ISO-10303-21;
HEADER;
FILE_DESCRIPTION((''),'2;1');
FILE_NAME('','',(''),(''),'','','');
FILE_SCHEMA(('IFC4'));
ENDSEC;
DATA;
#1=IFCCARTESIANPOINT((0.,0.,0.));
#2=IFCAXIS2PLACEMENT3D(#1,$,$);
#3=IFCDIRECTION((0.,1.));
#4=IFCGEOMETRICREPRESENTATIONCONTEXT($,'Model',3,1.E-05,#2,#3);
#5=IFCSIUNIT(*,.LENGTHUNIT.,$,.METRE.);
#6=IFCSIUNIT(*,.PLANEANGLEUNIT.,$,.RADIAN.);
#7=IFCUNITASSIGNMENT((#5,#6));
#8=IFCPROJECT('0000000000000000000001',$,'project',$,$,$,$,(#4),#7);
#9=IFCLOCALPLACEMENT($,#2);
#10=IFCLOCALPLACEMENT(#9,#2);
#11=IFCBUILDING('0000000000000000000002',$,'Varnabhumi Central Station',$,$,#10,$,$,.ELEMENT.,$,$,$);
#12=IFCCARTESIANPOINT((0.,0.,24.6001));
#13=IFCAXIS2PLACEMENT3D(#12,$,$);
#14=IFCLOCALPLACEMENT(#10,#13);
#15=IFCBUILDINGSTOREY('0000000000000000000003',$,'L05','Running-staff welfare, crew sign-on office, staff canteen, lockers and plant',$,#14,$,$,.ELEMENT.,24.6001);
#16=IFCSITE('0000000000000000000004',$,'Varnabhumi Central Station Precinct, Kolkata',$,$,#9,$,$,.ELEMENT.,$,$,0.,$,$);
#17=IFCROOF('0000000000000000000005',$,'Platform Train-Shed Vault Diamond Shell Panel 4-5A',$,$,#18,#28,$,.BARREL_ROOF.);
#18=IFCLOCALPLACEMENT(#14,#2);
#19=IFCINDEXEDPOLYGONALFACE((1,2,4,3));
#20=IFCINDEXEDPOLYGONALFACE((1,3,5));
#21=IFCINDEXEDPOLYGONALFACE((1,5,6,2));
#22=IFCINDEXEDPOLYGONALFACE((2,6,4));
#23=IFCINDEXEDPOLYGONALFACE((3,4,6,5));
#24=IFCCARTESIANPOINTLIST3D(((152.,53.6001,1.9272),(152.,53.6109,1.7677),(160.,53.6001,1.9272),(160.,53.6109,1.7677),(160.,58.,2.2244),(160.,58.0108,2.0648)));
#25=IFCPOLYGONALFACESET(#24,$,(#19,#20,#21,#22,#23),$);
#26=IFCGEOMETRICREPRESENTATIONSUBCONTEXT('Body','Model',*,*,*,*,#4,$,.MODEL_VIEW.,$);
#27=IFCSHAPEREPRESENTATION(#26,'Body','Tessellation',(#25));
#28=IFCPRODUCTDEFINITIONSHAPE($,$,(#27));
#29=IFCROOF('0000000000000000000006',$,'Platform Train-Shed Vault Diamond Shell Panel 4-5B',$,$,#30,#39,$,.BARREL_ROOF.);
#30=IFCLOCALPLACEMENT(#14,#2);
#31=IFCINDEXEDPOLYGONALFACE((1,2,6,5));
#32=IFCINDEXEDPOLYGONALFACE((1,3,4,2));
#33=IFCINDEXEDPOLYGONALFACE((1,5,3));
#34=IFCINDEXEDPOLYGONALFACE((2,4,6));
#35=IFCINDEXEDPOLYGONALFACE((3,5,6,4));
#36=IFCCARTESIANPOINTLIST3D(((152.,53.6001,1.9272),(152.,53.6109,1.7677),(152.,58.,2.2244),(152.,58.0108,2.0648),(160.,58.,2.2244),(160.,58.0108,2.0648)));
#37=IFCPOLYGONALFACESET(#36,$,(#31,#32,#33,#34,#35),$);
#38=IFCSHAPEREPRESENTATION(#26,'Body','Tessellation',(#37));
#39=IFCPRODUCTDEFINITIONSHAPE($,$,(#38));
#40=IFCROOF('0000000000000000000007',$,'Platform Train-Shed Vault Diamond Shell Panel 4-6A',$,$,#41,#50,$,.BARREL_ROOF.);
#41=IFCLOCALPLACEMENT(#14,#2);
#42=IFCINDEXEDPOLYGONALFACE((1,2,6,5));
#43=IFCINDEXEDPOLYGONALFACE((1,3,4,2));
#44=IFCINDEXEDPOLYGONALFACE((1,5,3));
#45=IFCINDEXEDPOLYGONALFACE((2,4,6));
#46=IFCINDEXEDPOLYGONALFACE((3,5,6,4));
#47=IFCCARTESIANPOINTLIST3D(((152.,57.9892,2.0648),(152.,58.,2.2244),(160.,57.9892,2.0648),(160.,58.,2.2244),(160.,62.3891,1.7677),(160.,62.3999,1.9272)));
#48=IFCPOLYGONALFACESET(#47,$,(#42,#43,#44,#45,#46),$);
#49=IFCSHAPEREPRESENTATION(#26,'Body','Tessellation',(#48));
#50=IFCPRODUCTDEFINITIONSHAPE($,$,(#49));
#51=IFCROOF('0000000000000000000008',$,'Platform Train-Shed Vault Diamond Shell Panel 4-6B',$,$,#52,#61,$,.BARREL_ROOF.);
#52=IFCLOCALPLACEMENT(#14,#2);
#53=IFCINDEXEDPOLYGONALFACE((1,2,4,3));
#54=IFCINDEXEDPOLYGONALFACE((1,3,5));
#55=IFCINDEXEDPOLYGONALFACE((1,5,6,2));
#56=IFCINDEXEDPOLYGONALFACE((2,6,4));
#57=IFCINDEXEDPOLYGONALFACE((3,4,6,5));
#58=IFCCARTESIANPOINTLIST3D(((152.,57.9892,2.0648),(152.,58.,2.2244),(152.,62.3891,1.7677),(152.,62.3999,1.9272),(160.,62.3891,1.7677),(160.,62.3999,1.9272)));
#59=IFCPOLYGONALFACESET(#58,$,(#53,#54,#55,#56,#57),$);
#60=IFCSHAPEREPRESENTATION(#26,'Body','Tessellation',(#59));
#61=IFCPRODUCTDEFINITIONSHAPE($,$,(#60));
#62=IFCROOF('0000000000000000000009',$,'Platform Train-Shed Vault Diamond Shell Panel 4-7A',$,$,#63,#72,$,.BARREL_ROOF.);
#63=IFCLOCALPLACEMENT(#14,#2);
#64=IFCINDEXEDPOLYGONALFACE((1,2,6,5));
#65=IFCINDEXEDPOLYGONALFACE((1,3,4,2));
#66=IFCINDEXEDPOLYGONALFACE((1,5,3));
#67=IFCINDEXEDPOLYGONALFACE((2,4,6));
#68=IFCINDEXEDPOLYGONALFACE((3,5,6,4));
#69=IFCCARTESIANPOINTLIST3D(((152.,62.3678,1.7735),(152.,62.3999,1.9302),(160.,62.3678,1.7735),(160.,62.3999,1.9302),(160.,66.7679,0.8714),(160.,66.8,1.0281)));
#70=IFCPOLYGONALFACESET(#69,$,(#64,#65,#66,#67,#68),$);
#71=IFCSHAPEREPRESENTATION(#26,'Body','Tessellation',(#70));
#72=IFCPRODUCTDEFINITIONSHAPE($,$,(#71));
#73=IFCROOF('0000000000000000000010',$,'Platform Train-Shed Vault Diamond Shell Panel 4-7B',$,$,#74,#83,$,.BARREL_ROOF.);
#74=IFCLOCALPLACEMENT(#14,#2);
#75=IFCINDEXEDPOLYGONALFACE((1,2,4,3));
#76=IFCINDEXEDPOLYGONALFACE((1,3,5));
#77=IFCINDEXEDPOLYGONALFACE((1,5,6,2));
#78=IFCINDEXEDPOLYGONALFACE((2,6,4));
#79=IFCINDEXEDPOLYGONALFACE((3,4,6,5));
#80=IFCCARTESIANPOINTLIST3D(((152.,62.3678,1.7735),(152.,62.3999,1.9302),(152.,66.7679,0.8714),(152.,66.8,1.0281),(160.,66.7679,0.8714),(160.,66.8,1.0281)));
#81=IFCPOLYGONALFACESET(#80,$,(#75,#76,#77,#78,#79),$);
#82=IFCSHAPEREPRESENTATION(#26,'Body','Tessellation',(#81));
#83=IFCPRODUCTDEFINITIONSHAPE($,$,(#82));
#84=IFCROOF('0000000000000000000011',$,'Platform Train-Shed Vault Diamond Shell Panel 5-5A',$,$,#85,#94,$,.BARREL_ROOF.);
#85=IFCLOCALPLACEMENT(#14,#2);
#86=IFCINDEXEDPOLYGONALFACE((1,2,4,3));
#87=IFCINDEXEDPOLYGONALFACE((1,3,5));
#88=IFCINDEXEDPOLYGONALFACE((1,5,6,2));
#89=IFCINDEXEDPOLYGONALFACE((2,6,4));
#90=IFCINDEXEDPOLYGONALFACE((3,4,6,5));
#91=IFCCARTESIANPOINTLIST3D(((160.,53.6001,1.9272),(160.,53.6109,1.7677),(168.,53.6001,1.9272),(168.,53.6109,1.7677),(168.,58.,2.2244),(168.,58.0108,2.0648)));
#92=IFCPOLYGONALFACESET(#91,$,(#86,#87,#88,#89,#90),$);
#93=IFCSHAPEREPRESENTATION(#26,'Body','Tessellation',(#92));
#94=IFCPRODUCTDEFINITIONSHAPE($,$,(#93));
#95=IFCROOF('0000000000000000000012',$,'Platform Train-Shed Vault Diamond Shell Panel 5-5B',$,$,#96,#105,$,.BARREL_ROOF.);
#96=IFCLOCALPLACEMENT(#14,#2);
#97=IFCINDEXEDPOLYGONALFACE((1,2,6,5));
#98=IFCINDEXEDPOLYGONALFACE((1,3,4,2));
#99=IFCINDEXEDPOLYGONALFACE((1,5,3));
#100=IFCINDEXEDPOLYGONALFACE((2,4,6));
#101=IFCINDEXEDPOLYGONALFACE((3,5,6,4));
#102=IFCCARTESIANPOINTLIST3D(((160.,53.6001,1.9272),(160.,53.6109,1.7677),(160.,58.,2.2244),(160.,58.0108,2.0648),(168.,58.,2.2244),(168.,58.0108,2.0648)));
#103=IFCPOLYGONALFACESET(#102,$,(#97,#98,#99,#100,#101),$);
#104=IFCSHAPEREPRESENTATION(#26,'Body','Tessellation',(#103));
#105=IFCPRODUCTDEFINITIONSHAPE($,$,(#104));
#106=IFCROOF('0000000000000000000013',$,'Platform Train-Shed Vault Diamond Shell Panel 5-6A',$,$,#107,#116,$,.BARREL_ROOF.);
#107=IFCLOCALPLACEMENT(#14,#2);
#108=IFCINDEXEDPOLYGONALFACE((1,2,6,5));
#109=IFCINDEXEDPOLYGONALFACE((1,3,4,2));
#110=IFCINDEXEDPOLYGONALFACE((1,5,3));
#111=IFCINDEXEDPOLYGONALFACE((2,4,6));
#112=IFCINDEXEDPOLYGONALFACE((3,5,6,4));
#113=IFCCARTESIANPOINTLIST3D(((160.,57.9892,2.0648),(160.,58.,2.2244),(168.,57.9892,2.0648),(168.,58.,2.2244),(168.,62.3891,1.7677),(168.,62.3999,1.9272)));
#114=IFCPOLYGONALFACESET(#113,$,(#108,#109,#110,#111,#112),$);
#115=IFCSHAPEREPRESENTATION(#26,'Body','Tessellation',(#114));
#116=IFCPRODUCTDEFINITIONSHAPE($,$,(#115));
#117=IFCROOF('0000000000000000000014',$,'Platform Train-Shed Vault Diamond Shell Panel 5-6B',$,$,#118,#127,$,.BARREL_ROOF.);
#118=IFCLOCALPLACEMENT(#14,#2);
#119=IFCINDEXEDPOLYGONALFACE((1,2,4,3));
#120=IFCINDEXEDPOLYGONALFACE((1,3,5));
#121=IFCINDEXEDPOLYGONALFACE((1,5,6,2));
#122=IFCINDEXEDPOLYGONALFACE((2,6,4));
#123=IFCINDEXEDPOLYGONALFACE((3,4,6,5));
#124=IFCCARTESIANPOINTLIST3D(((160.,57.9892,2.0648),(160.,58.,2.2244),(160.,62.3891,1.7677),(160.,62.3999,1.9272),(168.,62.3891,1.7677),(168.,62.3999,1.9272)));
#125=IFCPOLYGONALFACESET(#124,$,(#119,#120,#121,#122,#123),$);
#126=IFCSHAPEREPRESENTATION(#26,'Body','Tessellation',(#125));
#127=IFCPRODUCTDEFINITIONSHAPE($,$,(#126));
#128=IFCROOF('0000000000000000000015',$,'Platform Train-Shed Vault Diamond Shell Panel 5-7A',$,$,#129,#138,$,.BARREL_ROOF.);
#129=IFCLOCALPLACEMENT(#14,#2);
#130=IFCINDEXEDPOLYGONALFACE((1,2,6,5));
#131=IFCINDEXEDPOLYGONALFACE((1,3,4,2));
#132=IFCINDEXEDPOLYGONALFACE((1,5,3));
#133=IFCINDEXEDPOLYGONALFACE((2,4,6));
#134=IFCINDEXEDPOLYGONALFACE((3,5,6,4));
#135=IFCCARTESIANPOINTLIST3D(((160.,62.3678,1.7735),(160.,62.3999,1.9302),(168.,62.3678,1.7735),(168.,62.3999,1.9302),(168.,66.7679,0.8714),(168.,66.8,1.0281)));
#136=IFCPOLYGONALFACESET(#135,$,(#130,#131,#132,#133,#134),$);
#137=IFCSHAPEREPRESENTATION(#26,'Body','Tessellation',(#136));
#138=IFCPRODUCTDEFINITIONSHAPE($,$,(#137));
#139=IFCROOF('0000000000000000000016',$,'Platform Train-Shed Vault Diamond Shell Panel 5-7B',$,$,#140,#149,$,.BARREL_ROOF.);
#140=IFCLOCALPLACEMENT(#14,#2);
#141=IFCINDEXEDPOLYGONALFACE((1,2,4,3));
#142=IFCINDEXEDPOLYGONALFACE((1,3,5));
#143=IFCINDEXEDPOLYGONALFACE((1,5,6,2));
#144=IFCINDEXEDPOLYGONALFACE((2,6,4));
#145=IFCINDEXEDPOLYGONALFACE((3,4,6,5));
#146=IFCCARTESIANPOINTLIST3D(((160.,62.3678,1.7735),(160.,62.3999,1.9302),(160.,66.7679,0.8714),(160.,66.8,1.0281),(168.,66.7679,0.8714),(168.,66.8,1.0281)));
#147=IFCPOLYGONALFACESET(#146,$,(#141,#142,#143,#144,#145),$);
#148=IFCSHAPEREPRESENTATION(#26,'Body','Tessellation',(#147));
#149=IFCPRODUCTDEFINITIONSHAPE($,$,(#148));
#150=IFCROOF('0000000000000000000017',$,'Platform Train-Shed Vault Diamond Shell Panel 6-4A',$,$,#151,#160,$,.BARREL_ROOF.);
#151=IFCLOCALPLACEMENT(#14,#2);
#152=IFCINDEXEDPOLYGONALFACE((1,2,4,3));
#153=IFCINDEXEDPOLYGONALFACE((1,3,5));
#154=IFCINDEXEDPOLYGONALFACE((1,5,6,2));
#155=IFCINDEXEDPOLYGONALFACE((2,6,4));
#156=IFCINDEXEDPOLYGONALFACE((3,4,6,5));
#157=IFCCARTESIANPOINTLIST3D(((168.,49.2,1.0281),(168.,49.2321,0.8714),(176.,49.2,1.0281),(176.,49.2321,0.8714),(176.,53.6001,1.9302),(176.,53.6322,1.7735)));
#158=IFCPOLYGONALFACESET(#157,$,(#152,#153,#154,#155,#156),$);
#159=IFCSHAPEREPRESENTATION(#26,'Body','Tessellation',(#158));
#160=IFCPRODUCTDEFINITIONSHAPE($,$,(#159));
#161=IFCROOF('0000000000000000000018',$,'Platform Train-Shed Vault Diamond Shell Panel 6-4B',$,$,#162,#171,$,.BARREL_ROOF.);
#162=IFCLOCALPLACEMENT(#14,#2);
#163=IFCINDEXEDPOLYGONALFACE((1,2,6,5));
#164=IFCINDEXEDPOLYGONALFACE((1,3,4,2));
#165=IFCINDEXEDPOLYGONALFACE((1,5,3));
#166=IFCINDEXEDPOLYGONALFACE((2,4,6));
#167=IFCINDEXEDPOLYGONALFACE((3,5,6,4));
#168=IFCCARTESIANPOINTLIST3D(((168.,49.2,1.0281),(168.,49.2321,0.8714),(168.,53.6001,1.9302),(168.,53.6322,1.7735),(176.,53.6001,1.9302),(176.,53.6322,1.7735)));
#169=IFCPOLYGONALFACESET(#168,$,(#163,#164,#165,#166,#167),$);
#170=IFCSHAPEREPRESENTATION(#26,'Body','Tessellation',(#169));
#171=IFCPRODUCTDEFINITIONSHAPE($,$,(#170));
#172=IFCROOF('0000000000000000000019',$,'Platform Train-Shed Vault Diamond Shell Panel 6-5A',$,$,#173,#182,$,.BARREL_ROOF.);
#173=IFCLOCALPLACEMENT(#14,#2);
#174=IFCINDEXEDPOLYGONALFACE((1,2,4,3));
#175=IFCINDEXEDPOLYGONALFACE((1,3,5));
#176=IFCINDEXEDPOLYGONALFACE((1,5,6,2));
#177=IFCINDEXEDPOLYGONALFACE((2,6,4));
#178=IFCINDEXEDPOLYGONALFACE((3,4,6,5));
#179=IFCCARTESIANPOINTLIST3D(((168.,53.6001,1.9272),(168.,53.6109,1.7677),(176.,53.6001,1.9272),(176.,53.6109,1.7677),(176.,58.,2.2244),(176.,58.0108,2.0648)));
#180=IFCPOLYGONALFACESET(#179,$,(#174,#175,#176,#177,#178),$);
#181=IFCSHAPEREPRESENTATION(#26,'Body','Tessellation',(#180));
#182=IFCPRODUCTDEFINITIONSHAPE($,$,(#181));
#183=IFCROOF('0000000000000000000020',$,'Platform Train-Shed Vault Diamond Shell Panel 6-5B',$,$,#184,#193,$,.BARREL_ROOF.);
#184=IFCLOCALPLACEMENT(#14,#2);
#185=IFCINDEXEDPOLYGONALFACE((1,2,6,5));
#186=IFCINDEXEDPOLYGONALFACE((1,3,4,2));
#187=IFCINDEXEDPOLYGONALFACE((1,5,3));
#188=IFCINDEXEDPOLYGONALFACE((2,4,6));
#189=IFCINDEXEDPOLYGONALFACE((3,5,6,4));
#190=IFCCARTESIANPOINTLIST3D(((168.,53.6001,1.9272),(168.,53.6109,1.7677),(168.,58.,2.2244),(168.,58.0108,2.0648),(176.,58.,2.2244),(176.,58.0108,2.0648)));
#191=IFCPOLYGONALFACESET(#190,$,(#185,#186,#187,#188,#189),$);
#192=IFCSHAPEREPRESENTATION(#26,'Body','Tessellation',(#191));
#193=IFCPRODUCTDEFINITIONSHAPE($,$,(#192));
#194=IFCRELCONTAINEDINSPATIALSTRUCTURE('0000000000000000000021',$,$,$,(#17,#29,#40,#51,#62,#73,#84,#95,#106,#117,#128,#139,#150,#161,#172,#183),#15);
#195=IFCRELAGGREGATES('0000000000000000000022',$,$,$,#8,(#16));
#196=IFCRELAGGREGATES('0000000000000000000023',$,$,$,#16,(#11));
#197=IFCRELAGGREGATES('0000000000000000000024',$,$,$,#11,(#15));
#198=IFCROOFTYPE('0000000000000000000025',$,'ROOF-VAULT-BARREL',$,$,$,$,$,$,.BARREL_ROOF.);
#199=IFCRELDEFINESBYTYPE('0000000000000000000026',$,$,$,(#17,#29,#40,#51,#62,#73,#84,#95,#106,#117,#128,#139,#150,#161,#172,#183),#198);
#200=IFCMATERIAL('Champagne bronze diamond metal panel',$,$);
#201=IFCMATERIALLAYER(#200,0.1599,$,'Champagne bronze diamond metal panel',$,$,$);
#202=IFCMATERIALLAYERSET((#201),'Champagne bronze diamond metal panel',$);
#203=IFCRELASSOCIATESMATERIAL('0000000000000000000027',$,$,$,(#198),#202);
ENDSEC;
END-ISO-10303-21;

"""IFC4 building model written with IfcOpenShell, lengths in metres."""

from ifc_helpers import new_model, si_unit, direction, frame, origin, place, context, subcontext, project, spatial, polyline, outline, extrude, material, layer, layer_set, type_object, element, save


model = new_model("IFC4")

# Units and contexts
model_context = context("Model", 3, precision=1e-05, world=origin(), true_north=direction((0.0, 1.0)))
body_context = subcontext(model_context, "Body", "Model", "MODEL_VIEW")
ifc_project = project(units=[si_unit("LENGTHUNIT", "METRE"), si_unit("PLANEANGLEUNIT", "RADIAN")], contexts=[model_context])

# Site, building, storey
site_placement = place(None, origin())
site = spatial("IfcSite", under=ifc_project, at=site_placement, Name="Varnabhumi Central Station Precinct, Kolkata", CompositionType="ELEMENT", RefElevation=0.0)
building_placement = place(site_placement, origin())
building = spatial("IfcBuilding", under=site, at=building_placement, Name="Varnabhumi Central Station", CompositionType="ELEMENT")
storey_placement = place(building_placement, frame((0.0, 0.0, 24.6001)))
storey = spatial("IfcBuildingStorey", under=building, at=storey_placement, Name="L05", Description="Running-staff welfare, crew sign-on office, staff canteen, lockers and plant", CompositionType="ELEMENT", Elevation=24.6001)

# Roofs
ifc_material = material(Name="Champagne bronze diamond metal panel")
ifc_layer = layer(ifc_material, 0.1599, Name="Champagne bronze diamond metal panel")
ifc_layer_set = layer_set([ifc_layer], Name="Champagne bronze diamond metal panel")
roof_type = type_object("IfcRoofType", Name="ROOF-VAULT-BARREL", PredefinedType="BARREL_ROOF", material=ifc_layer_set)
roof_1_placement = place(storey_placement, frame((152.0, 53.6001, 1.9272), z_axis=(0.0, -0.067375, 0.997728), x_axis=(1.0, 0.0, 0.0)))
element("IfcRoof", 1, at=roof_1_placement, inside=storey, type_object=roof_type, Name="Platform Train-Shed Vault Diamond Shell Panel 4-5A", PredefinedType="BARREL_ROOF", context=body_context, shape_type="SweptSolid", body=[
    extrude(outline(polyline([(0.0, 0.0), (8.0, 0.0), (8.0, 4.4099), (0.0, 0.0)])), origin(), (0.0, 0.0, -1.0), 0.1599),
])
roof_2_placement = place(storey_placement, frame((152.0, 53.6001, 1.9272), z_axis=(0.0, -0.067375, 0.997728), x_axis=(0.875757, 0.481656, 0.032526)))
element("IfcRoof", 2, at=roof_2_placement, inside=storey, type_object=roof_type, Name="Platform Train-Shed Vault Diamond Shell Panel 4-5B", PredefinedType="BARREL_ROOF", context=body_context, shape_type="SweptSolid", body=[
    extrude(outline(polyline([(0.0, 0.0), (9.135, 0.0), (2.1289, 3.862), (0.0, 0.0)])), origin(), (0.0, 0.0, -1.0), 0.1599),
])
roof_3_placement = place(storey_placement, frame((152.0, 58.0, 2.2244), z_axis=(0.0, 0.067375, 0.997728), x_axis=(1.0, 0.0, 0.0)))
element("IfcRoof", 3, at=roof_3_placement, inside=storey, type_object=roof_type, Name="Platform Train-Shed Vault Diamond Shell Panel 4-6A", PredefinedType="BARREL_ROOF", context=body_context, shape_type="SweptSolid", body=[
    extrude(outline(polyline([(0.0, 0.0), (8.0, 0.0), (8.0, 4.4099), (0.0, 0.0)])), origin(), (0.0, 0.0, -1.0), 0.1599),
])
roof_4_placement = place(storey_placement, frame((152.0, 58.0, 2.2244), z_axis=(0.0, 0.067375, 0.997728), x_axis=(0.875757, 0.481656, -0.032526)))
element("IfcRoof", 4, at=roof_4_placement, inside=storey, type_object=roof_type, Name="Platform Train-Shed Vault Diamond Shell Panel 4-6B", PredefinedType="BARREL_ROOF", context=body_context, shape_type="SweptSolid", body=[
    extrude(outline(polyline([(0.0, 0.0), (9.135, 0.0), (2.1289, 3.862), (0.0, 0.0)])), origin(), (0.0, 0.0, -1.0), 0.1599),
])
roof_5_placement = place(storey_placement, frame((152.0, 62.3999, 1.9302), z_axis=(0.0, 0.200838, 0.979624), x_axis=(1.0, 0.0, 0.0)))
element("IfcRoof", 5, at=roof_5_placement, inside=storey, type_object=roof_type, Name="Platform Train-Shed Vault Diamond Shell Panel 4-7A", PredefinedType="BARREL_ROOF", context=body_context, shape_type="SweptSolid", body=[
    extrude(outline(polyline([(0.0, 0.0), (8.0, 0.0), (8.0, 4.4917), (0.0, 0.0)])), origin(), (0.0, 0.0, -1.0), 0.1599),
])
roof_6_placement = place(storey_placement, frame((152.0, 62.3999, 1.9302), z_axis=(0.0, 0.200838, 0.979624), x_axis=(0.871963, 0.479596, -0.098325)))
element("IfcRoof", 6, at=roof_6_placement, inside=storey, type_object=roof_type, Name="Platform Train-Shed Vault Diamond Shell Panel 4-7B", PredefinedType="BARREL_ROOF", context=body_context, shape_type="SweptSolid", body=[
    extrude(outline(polyline([(0.0, 0.0), (9.1747, 0.0), (2.199, 3.9166), (0.0, 0.0)])), origin(), (0.0, 0.0, -1.0), 0.1599),
])
roof_7_placement = place(storey_placement, frame((160.0, 53.6001, 1.9272), z_axis=(0.0, -0.067375, 0.997728), x_axis=(1.0, 0.0, 0.0)))
element("IfcRoof", 7, at=roof_7_placement, inside=storey, type_object=roof_type, Name="Platform Train-Shed Vault Diamond Shell Panel 5-5A", PredefinedType="BARREL_ROOF", context=body_context, shape_type="SweptSolid", body=[
    extrude(outline(polyline([(0.0, 0.0), (8.0, 0.0), (8.0, 4.4099), (0.0, 0.0)])), origin(), (0.0, 0.0, -1.0), 0.1599),
])
roof_8_placement = place(storey_placement, frame((160.0, 53.6001, 1.9272), z_axis=(0.0, -0.067375, 0.997728), x_axis=(0.875757, 0.481656, 0.032526)))
element("IfcRoof", 8, at=roof_8_placement, inside=storey, type_object=roof_type, Name="Platform Train-Shed Vault Diamond Shell Panel 5-5B", PredefinedType="BARREL_ROOF", context=body_context, shape_type="SweptSolid", body=[
    extrude(outline(polyline([(0.0, 0.0), (9.135, 0.0), (2.1289, 3.862), (0.0, 0.0)])), origin(), (0.0, 0.0, -1.0), 0.1599),
])
roof_9_placement = place(storey_placement, frame((160.0, 58.0, 2.2244), z_axis=(0.0, 0.067375, 0.997728), x_axis=(1.0, 0.0, 0.0)))
element("IfcRoof", 9, at=roof_9_placement, inside=storey, type_object=roof_type, Name="Platform Train-Shed Vault Diamond Shell Panel 5-6A", PredefinedType="BARREL_ROOF", context=body_context, shape_type="SweptSolid", body=[
    extrude(outline(polyline([(0.0, 0.0), (8.0, 0.0), (8.0, 4.4099), (0.0, 0.0)])), origin(), (0.0, 0.0, -1.0), 0.1599),
])
roof_10_placement = place(storey_placement, frame((160.0, 58.0, 2.2244), z_axis=(0.0, 0.067375, 0.997728), x_axis=(0.875757, 0.481656, -0.032526)))
element("IfcRoof", 10, at=roof_10_placement, inside=storey, type_object=roof_type, Name="Platform Train-Shed Vault Diamond Shell Panel 5-6B", PredefinedType="BARREL_ROOF", context=body_context, shape_type="SweptSolid", body=[
    extrude(outline(polyline([(0.0, 0.0), (9.135, 0.0), (2.1289, 3.862), (0.0, 0.0)])), origin(), (0.0, 0.0, -1.0), 0.1599),
])
roof_11_placement = place(storey_placement, frame((160.0, 62.3999, 1.9302), z_axis=(0.0, 0.200838, 0.979624), x_axis=(1.0, 0.0, 0.0)))
element("IfcRoof", 11, at=roof_11_placement, inside=storey, type_object=roof_type, Name="Platform Train-Shed Vault Diamond Shell Panel 5-7A", PredefinedType="BARREL_ROOF", context=body_context, shape_type="SweptSolid", body=[
    extrude(outline(polyline([(0.0, 0.0), (8.0, 0.0), (8.0, 4.4917), (0.0, 0.0)])), origin(), (0.0, 0.0, -1.0), 0.1599),
])
roof_12_placement = place(storey_placement, frame((160.0, 62.3999, 1.9302), z_axis=(0.0, 0.200838, 0.979624), x_axis=(0.871963, 0.479596, -0.098325)))
element("IfcRoof", 12, at=roof_12_placement, inside=storey, type_object=roof_type, Name="Platform Train-Shed Vault Diamond Shell Panel 5-7B", PredefinedType="BARREL_ROOF", context=body_context, shape_type="SweptSolid", body=[
    extrude(outline(polyline([(0.0, 0.0), (9.1747, 0.0), (2.199, 3.9166), (0.0, 0.0)])), origin(), (0.0, 0.0, -1.0), 0.1599),
])
roof_13_placement = place(storey_placement, frame((168.0, 49.2, 1.0281), z_axis=(0.0, -0.200838, 0.979624), x_axis=(1.0, 0.0, 0.0)))
element("IfcRoof", 13, at=roof_13_placement, inside=storey, type_object=roof_type, Name="Platform Train-Shed Vault Diamond Shell Panel 6-4A", PredefinedType="BARREL_ROOF", context=body_context, shape_type="SweptSolid", body=[
    extrude(outline(polyline([(0.0, 0.0), (8.0, 0.0), (8.0, 4.4917), (0.0, 0.0)])), origin(), (0.0, 0.0, -1.0), 0.1599),
])
roof_14_placement = place(storey_placement, frame((168.0, 49.2, 1.0281), z_axis=(0.0, -0.200838, 0.979624), x_axis=(0.871963, 0.479596, 0.098325)))
element("IfcRoof", 14, at=roof_14_placement, inside=storey, type_object=roof_type, Name="Platform Train-Shed Vault Diamond Shell Panel 6-4B", PredefinedType="BARREL_ROOF", context=body_context, shape_type="SweptSolid", body=[
    extrude(outline(polyline([(0.0, 0.0), (9.1747, 0.0), (2.199, 3.9166), (0.0, 0.0)])), origin(), (0.0, 0.0, -1.0), 0.1599),
])
roof_15_placement = place(storey_placement, frame((168.0, 53.6001, 1.9272), z_axis=(0.0, -0.067375, 0.997728), x_axis=(1.0, 0.0, 0.0)))
element("IfcRoof", 15, at=roof_15_placement, inside=storey, type_object=roof_type, Name="Platform Train-Shed Vault Diamond Shell Panel 6-5A", PredefinedType="BARREL_ROOF", context=body_context, shape_type="SweptSolid", body=[
    extrude(outline(polyline([(0.0, 0.0), (8.0, 0.0), (8.0, 4.4099), (0.0, 0.0)])), origin(), (0.0, 0.0, -1.0), 0.1599),
])
roof_16_placement = place(storey_placement, frame((168.0, 53.6001, 1.9272), z_axis=(0.0, -0.067375, 0.997728), x_axis=(0.875757, 0.481656, 0.032526)))
element("IfcRoof", 16, at=roof_16_placement, inside=storey, type_object=roof_type, Name="Platform Train-Shed Vault Diamond Shell Panel 6-5B", PredefinedType="BARREL_ROOF", context=body_context, shape_type="SweptSolid", body=[
    extrude(outline(polyline([(0.0, 0.0), (9.135, 0.0), (2.1289, 3.862), (0.0, 0.0)])), origin(), (0.0, 0.0, -1.0), 0.1599),
])

save(model, "model.ifc")
